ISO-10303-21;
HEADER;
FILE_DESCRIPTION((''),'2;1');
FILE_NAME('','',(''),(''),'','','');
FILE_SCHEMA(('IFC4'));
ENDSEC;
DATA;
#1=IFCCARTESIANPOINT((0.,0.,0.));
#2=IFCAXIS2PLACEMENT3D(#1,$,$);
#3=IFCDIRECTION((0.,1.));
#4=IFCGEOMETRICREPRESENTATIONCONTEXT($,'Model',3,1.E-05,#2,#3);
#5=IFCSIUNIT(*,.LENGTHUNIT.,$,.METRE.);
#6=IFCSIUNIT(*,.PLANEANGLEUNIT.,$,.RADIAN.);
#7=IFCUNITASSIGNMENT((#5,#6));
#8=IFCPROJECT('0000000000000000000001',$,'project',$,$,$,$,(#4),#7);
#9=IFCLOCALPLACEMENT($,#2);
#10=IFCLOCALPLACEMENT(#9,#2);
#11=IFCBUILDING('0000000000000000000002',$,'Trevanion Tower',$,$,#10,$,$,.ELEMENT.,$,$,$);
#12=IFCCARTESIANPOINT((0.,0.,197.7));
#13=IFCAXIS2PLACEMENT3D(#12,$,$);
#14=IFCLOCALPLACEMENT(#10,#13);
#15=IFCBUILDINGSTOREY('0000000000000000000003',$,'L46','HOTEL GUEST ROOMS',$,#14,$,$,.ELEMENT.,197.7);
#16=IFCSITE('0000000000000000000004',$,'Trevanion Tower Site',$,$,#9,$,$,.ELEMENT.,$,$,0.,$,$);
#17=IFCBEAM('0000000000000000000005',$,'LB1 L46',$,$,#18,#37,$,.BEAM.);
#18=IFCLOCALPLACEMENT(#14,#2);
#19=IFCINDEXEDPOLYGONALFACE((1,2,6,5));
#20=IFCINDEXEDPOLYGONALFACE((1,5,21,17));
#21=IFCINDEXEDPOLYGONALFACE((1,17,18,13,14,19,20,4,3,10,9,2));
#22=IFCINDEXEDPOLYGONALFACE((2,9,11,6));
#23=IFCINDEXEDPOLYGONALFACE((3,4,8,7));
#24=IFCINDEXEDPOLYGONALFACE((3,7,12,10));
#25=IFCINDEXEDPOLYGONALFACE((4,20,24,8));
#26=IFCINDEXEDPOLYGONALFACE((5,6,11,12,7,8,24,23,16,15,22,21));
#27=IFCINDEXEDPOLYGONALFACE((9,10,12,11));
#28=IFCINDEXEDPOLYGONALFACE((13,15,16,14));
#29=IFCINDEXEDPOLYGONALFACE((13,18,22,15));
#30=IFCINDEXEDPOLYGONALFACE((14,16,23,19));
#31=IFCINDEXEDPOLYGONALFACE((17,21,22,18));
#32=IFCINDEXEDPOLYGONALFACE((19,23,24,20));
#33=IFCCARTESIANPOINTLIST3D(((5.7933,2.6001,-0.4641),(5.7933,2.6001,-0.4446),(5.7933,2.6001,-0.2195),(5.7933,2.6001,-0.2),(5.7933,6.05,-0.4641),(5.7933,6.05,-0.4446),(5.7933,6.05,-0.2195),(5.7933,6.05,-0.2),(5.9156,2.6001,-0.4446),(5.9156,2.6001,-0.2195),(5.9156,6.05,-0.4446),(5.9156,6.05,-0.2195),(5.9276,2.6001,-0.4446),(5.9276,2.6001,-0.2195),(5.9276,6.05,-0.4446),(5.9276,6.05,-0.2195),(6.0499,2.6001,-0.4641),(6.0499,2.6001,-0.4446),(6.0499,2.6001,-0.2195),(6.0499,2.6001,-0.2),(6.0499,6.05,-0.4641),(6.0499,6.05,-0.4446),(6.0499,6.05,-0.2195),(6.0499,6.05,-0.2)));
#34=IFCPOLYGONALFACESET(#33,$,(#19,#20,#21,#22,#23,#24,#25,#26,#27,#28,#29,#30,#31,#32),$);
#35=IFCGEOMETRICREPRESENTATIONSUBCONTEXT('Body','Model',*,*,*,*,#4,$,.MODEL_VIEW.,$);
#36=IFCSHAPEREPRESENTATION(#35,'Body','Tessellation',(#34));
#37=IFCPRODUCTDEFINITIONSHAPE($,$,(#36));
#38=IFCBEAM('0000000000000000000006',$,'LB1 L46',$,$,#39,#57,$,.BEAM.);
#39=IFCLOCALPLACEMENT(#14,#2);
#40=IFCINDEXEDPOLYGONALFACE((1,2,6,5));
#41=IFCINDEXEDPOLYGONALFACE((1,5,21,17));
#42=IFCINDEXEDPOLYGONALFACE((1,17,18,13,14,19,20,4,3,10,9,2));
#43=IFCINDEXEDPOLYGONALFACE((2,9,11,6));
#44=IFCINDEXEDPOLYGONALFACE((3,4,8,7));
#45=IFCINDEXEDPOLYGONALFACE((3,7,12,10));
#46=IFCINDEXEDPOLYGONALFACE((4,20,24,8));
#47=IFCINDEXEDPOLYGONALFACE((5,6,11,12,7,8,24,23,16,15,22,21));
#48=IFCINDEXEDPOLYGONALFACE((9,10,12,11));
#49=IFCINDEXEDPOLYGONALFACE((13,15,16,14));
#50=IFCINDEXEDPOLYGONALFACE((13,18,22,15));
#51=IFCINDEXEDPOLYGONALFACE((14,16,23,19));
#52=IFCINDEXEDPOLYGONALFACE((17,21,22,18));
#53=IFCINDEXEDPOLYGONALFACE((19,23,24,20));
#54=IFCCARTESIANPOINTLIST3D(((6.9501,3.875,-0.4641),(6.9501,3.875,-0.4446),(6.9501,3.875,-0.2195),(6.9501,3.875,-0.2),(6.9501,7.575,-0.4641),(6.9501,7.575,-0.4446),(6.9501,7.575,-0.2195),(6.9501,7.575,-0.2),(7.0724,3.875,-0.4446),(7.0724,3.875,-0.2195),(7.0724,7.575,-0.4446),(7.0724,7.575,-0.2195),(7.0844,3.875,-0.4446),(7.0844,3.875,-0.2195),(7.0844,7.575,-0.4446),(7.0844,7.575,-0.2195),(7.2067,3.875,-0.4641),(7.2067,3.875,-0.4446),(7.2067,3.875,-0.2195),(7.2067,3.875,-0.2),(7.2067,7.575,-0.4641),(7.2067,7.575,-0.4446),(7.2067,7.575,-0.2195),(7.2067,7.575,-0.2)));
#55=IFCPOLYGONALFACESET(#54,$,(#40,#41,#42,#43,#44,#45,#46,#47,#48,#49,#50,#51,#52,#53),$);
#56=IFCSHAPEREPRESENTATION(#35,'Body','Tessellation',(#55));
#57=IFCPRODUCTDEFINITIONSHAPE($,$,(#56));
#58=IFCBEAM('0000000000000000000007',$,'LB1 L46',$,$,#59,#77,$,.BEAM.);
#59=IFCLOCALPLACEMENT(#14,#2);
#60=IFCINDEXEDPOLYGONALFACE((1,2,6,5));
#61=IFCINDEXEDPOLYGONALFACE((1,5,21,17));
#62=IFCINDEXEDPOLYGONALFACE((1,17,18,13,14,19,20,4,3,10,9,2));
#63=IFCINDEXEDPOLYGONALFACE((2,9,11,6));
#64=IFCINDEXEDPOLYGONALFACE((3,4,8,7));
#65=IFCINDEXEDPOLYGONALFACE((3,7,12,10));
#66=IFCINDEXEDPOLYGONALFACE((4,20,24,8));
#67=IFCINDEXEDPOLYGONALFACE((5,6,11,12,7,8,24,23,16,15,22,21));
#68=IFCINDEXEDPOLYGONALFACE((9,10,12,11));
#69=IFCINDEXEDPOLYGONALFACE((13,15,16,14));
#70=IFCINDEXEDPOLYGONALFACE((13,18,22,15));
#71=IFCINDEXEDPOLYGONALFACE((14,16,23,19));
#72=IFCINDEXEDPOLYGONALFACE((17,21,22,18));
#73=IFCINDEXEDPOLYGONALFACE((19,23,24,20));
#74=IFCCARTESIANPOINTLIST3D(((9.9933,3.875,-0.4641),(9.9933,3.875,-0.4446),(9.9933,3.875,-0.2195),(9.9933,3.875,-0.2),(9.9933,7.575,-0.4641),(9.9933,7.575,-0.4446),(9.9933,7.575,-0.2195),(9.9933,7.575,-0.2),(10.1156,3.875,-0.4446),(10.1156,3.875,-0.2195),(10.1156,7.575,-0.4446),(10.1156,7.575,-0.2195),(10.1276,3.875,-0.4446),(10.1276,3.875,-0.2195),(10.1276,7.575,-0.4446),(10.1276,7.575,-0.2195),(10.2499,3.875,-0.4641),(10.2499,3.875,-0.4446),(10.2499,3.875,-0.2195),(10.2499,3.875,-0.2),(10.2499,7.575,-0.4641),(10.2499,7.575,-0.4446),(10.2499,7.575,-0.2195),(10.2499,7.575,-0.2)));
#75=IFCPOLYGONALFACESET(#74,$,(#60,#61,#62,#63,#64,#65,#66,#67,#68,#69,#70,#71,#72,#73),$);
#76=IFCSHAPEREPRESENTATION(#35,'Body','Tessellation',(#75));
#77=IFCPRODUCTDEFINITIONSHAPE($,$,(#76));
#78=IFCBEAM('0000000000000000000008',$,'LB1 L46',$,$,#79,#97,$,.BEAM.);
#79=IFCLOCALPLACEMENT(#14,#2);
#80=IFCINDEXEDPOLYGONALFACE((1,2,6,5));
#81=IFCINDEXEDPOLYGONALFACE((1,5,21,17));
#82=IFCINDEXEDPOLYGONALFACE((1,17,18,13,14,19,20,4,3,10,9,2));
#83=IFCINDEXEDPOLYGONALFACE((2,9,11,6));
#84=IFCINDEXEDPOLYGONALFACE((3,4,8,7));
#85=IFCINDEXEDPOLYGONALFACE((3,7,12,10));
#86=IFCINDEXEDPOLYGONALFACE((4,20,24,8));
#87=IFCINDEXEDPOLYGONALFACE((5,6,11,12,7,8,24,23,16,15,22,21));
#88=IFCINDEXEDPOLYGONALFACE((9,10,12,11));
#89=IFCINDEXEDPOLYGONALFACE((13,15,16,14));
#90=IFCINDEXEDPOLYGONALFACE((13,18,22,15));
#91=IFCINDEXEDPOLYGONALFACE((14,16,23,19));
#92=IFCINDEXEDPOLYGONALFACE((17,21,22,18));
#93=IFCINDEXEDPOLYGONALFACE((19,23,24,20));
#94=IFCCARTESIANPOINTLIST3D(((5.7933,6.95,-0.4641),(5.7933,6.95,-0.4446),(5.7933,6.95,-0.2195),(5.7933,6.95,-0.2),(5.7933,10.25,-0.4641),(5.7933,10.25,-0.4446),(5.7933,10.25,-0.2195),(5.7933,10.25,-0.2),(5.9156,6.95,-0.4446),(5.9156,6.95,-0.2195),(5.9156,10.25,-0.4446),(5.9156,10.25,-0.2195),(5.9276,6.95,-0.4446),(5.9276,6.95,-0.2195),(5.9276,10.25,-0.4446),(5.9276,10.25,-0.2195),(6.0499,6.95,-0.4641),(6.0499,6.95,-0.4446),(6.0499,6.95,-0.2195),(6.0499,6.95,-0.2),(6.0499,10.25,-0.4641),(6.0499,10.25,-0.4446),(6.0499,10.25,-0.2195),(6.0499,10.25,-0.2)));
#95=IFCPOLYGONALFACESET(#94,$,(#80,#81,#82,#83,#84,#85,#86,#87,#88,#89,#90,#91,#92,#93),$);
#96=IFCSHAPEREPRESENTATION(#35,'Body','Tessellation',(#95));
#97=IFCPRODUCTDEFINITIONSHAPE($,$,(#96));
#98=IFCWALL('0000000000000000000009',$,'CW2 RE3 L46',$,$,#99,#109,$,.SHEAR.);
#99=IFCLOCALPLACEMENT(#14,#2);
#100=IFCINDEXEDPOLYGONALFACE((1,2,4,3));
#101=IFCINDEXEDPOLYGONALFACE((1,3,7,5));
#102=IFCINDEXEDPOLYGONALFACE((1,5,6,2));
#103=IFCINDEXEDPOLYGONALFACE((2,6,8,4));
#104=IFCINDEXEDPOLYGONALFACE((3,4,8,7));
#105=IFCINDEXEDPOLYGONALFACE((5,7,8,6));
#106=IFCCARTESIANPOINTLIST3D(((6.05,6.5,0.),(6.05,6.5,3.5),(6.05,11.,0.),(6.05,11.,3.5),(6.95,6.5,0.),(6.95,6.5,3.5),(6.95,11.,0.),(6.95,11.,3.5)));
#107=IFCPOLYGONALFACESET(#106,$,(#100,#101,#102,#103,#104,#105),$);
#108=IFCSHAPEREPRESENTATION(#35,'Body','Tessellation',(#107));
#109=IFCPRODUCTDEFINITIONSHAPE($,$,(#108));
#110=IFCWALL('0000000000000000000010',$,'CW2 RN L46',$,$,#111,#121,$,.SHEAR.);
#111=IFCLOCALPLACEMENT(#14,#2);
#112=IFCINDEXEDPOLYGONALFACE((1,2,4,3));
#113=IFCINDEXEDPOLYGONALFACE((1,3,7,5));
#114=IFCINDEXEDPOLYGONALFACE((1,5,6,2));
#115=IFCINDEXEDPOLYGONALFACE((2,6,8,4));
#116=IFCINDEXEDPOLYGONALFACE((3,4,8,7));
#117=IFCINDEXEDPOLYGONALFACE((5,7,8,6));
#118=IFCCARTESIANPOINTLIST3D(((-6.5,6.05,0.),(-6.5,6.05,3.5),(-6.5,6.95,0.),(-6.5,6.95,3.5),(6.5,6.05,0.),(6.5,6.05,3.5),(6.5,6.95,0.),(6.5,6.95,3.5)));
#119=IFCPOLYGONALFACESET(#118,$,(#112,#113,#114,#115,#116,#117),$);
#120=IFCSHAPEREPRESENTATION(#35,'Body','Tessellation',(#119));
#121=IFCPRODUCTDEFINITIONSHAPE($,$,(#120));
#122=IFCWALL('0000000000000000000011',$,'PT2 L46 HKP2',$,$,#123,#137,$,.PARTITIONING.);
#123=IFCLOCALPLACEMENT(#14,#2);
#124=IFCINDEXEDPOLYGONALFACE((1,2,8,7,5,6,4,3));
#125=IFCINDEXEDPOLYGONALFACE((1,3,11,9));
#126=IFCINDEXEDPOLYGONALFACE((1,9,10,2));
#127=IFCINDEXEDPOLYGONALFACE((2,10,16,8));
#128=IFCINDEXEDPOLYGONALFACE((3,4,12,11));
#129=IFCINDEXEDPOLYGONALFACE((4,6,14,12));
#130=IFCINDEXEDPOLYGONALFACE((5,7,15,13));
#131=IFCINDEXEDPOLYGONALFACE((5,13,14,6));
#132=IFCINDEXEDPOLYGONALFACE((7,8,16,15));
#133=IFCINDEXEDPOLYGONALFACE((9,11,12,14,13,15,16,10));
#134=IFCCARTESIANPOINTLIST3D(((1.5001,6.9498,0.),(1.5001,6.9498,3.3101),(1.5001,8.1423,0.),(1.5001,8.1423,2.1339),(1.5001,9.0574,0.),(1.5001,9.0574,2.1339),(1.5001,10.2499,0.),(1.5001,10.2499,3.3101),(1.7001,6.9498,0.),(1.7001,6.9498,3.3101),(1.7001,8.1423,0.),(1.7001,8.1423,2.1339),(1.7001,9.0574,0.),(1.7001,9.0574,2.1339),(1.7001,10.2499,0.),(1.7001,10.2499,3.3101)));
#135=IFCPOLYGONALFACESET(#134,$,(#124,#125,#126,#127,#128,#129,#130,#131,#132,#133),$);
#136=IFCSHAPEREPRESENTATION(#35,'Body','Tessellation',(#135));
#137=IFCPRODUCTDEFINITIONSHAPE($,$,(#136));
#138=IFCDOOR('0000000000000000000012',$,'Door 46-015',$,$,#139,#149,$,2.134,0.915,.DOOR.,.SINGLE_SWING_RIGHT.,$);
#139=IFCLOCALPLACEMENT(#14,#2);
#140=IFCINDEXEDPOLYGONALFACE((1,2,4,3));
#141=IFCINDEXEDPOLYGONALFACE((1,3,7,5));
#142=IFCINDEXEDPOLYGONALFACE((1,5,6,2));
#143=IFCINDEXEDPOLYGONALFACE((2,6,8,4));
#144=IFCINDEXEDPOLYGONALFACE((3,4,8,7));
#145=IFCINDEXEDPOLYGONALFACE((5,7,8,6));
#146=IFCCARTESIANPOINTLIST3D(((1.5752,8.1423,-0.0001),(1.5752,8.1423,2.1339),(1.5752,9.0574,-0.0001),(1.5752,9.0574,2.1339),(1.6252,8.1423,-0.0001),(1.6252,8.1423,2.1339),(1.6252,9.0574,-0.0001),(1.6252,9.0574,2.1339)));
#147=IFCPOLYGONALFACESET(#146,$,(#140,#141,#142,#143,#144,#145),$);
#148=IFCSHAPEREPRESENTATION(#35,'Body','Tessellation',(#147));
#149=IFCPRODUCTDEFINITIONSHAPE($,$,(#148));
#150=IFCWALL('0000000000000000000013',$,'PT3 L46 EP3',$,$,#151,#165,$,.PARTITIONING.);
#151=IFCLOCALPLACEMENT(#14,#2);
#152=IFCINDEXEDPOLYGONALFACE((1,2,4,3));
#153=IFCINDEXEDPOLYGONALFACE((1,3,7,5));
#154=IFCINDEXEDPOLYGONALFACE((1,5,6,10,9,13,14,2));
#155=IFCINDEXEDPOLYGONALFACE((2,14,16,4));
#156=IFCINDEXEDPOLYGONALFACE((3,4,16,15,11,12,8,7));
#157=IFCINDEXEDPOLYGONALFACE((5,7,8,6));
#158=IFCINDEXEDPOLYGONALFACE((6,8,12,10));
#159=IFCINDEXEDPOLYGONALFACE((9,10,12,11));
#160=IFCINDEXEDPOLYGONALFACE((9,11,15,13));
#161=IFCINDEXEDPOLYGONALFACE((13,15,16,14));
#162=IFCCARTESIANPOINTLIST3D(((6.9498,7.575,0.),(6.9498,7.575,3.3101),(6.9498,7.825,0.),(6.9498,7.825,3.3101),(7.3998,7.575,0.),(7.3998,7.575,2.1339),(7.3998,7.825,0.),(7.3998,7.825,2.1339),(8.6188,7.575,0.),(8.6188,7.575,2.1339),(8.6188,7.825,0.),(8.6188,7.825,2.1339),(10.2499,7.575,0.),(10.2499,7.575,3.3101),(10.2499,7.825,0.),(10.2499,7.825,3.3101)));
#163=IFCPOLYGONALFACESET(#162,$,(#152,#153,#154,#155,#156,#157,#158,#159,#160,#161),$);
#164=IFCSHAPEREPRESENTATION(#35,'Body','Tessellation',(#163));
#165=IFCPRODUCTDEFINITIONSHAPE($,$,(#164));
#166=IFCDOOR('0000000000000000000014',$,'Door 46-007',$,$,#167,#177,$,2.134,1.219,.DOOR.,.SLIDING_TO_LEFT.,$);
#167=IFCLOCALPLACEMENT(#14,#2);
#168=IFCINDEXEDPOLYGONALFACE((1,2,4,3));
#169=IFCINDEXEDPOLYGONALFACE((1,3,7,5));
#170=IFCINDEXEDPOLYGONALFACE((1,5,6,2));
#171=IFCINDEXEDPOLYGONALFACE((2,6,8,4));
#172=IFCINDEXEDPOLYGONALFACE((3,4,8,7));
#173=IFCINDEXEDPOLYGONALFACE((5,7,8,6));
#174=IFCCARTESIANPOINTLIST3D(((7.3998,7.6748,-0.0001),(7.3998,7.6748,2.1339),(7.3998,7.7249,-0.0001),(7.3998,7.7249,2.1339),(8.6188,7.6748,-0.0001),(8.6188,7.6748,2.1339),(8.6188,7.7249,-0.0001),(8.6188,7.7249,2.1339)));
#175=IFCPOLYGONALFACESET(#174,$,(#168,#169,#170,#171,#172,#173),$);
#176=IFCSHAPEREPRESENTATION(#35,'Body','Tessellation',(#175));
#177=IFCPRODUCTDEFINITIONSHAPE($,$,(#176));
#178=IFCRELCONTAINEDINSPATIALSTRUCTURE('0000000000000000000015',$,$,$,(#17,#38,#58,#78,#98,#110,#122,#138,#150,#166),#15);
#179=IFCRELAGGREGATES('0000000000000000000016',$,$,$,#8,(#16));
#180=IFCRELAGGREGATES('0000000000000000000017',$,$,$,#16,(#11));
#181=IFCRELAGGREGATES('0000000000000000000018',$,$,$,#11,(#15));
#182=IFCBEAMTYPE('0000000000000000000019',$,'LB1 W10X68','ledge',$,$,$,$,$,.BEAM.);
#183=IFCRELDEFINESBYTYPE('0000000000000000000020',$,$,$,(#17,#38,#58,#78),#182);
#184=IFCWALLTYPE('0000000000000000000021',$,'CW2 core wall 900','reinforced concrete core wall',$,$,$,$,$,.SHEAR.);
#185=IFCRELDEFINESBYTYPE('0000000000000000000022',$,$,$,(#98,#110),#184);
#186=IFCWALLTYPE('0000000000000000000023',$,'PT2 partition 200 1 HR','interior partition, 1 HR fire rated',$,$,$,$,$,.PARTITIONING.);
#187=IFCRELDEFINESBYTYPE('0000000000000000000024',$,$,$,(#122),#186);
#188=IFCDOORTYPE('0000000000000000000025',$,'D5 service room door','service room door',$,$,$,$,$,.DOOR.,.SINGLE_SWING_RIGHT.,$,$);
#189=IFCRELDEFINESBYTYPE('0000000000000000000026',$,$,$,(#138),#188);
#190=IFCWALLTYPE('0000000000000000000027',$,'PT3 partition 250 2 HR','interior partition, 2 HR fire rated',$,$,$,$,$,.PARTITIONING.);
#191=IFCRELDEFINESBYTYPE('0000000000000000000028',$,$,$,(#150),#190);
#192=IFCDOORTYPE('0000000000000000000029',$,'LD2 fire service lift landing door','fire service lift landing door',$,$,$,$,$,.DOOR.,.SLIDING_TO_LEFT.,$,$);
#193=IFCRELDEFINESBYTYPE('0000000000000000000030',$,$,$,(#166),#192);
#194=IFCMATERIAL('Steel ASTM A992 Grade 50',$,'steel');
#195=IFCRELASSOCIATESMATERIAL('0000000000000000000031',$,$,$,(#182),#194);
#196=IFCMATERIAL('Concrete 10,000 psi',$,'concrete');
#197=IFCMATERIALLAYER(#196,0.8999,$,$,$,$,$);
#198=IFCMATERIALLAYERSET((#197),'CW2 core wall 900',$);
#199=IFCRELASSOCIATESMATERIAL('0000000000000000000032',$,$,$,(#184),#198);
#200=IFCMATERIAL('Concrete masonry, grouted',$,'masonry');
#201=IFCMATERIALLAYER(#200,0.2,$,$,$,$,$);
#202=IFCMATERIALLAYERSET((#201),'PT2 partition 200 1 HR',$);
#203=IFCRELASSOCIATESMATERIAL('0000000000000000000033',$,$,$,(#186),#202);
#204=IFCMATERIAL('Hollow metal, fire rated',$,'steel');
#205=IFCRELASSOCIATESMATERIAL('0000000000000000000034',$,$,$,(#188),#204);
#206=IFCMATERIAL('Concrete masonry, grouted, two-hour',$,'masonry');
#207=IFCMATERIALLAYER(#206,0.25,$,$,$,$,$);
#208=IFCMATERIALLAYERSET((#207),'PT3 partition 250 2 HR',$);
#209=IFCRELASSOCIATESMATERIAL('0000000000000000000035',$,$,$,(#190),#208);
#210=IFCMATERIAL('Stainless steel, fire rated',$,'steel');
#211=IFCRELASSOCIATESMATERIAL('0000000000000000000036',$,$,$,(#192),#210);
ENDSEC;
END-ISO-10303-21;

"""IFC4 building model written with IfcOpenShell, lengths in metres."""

from ifc_helpers import new_model, si_unit, direction, frame, frame_2d, origin, origin_2d, place, context, subcontext, project, spatial, rectangle, i_section, extrude, material, layer, layer_set, material_profile, profile_set, type_object, element, fill, save


model = new_model("IFC4")

# Units and contexts
model_context = context("Model", 3, precision=1e-05, world=origin(), true_north=direction((0.0, 1.0)))
body_context = subcontext(model_context, "Body", "Model", "MODEL_VIEW")
ifc_project = project(units=[si_unit("LENGTHUNIT", "METRE"), si_unit("PLANEANGLEUNIT", "RADIAN")], contexts=[model_context])

# Site, building, storey
site_placement = place(None, origin())
site = spatial("IfcSite", under=ifc_project, at=site_placement, Name="Trevanion Tower Site", CompositionType="ELEMENT", RefElevation=0.0)
building_placement = place(site_placement, origin())
building = spatial("IfcBuilding", under=site, at=building_placement, Name="Trevanion Tower", CompositionType="ELEMENT")
storey_placement = place(building_placement, frame((0.0, 0.0, 197.7)))
storey = spatial("IfcBuildingStorey", under=building, at=storey_placement, Name="L46", Description="HOTEL GUEST ROOMS", CompositionType="ELEMENT", Elevation=197.7)

# Beams
ifc_material_1 = material(Name="Steel ASTM A992 Grade 50", Category="steel")
ifc_material_profile = material_profile(ifc_material_1, i_section(OverallWidth=0.2566, OverallDepth=0.2642, WebThickness=0.012, FlangeThickness=0.0195, at=origin_2d()), Name="W10X68")
ifc_profile_set = profile_set([ifc_material_profile], Name="Steel ASTM A992 Grade 50")
beam_type = type_object("IfcBeamType", Name="LB1 W10X68", Description="ledge", PredefinedType="BEAM", material=ifc_profile_set)
beam_1_placement = place(storey_placement, frame((5.9216, 2.6001, -0.332), z_axis=(0.0, 1.0, 0.0), x_axis=(-1.0, 0.0, 0.0)))
element("IfcBeam", 1, at=beam_1_placement, inside=storey, type_object=beam_type, Name="LB1 L46", PredefinedType="BEAM", context=body_context, shape_type="SweptSolid", body=[
    extrude(i_section(OverallWidth=0.2566, OverallDepth=0.2642, WebThickness=0.012, FlangeThickness=0.0195, at=origin_2d()), origin(), (0.0, 0.0, 1.0), 3.45),
])
for number, where, z_axis, x_axis, name in (
    (2, (7.0784, 3.875, -0.332), (0.0, 1.0, 0.0), (-1.0, 0.0, 0.0), "LB1 L46"),
    (3, (10.1216, 3.875, -0.332), (0.0, 1.0, 0.0), (-1.0, 0.0, 0.0), "LB1 L46"),
):
    element("IfcBeam", number, at=place(storey_placement, frame(where, z_axis=z_axis, x_axis=x_axis)), inside=storey, type_object=beam_type, Name=name, PredefinedType="BEAM", context=body_context, shape_type="SweptSolid", body=[
        extrude(i_section(OverallWidth=0.2566, OverallDepth=0.2642, WebThickness=0.012, FlangeThickness=0.0195, at=origin_2d()), origin(), (0.0, 0.0, 1.0), 3.7),
    ])
beam_2_placement = place(storey_placement, frame((5.9216, 6.95, -0.332), z_axis=(0.0, 1.0, 0.0), x_axis=(-1.0, 0.0, 0.0)))
element("IfcBeam", 4, at=beam_2_placement, inside=storey, type_object=beam_type, Name="LB1 L46", PredefinedType="BEAM", context=body_context, shape_type="SweptSolid", body=[
    extrude(i_section(OverallWidth=0.2566, OverallDepth=0.2642, WebThickness=0.012, FlangeThickness=0.0195, at=origin_2d()), origin(), (0.0, 0.0, 1.0), 3.3),
])

# Walls
ifc_material_2 = material(Name="Concrete 10,000 psi", Category="concrete")
ifc_layer_1 = layer(ifc_material_2, 0.8999)
ifc_layer_set_1 = layer_set([ifc_layer_1], Name="CW2 core wall 900")
wall_type_1 = type_object("IfcWallType", Name="CW2 core wall 900", Description="reinforced concrete core wall", PredefinedType="SHEAR", material=ifc_layer_set_1)
wall_1_placement = place(storey_placement, frame((6.5, 6.5, 0.0), z_axis=(0.0, 0.0, 1.0), x_axis=(0.0, 1.0, 0.0)))
element("IfcWall", 5, at=wall_1_placement, inside=storey, type_object=wall_type_1, Name="CW2 RE3 L46", PredefinedType="SHEAR", context=body_context, shape_type="SweptSolid", body=[
    extrude(rectangle(XDim=4.5, YDim=0.8999, at=frame_2d((2.25, 0.0))), origin(), (0.0, 0.0, 1.0), 3.5),
])
wall_2_placement = place(storey_placement, frame((6.5, 6.5, 0.0), z_axis=(0.0, 0.0, 1.0), x_axis=(-1.0, 0.0, 0.0)))
element("IfcWall", 6, at=wall_2_placement, inside=storey, type_object=wall_type_1, Name="CW2 RN L46", PredefinedType="SHEAR", context=body_context, shape_type="SweptSolid", body=[
    extrude(rectangle(XDim=13.0, YDim=0.8999, at=frame_2d((6.5, 0.0))), origin(), (0.0, 0.0, 1.0), 3.5),
])

# Walls, openings, doors
ifc_material_3 = material(Name="Concrete masonry, grouted", Category="masonry")
ifc_layer_2 = layer(ifc_material_3, 0.2)
ifc_layer_set_2 = layer_set([ifc_layer_2], Name="PT2 partition 200 1 HR")
wall_type_2 = type_object("IfcWallType", Name="PT2 partition 200 1 HR", Description="interior partition, 1 HR fire rated", PredefinedType="PARTITIONING", material=ifc_layer_set_2)
wall_3_placement = place(storey_placement, frame((1.6001, 6.95, 0.0), z_axis=(0.0, 0.0, 1.0), x_axis=(0.0, 1.0, 0.0)))
wall_3 = element("IfcWall", 7, at=wall_3_placement, inside=storey, type_object=wall_type_2, Name="PT2 L46 HKP2", PredefinedType="PARTITIONING", context=body_context, shape_type="SweptSolid", body=[
    extrude(rectangle(XDim=3.3, YDim=0.2, at=frame_2d((1.6499, 0.0))), origin(), (0.0, 0.0, 1.0), 3.3101),
])
opening_1_placement = place(wall_3_placement, frame((1.1924, 0.0, 0.0)))
opening_1 = element("IfcOpeningElement", 8, at=opening_1_placement, cuts=wall_3, PredefinedType="OPENING", context=body_context, shape_type="SweptSolid", body=[
    extrude(rectangle(XDim=0.915, YDim=2.134, at=frame_2d((0.4575, 1.0669))), frame((0.0, 0.1099, 0.0), z_axis=(0.0, -1.0, 0.0), x_axis=(1.0, 0.0, 0.0)), (0.0, 0.0, 1.0), 0.22),
])
ifc_material_4 = material(Name="Hollow metal, fire rated", Category="steel")
door_type_1 = type_object("IfcDoorType", Name="D5 service room door", Description="service room door", OperationType="SINGLE_SWING_RIGHT", PredefinedType="DOOR", material=ifc_material_4)
door_1_placement = place(opening_1_placement, origin())
door_1 = element("IfcDoor", 9, at=door_1_placement, inside=storey, type_object=door_type_1, Name="Door 46-015", OperationType="SINGLE_SWING_RIGHT", OverallHeight=2.134, OverallWidth=0.915, PredefinedType="DOOR", context=body_context, shape_type="SweptSolid", body=[
    extrude(rectangle(XDim=0.915, YDim=2.134, at=frame_2d((0.4575, 1.0669))), frame((0.0, 0.0249, 0.0), z_axis=(0.0, -1.0, 0.0), x_axis=(1.0, 0.0, 0.0)), (0.0, 0.0, 1.0), 0.05),
])
fill(opening_1, door_1)
ifc_material_5 = material(Name="Concrete masonry, grouted, two-hour", Category="masonry")
ifc_layer_3 = layer(ifc_material_5, 0.25)
ifc_layer_set_3 = layer_set([ifc_layer_3], Name="PT3 partition 250 2 HR")
wall_type_3 = type_object("IfcWallType", Name="PT3 partition 250 2 HR", Description="interior partition, 2 HR fire rated", PredefinedType="PARTITIONING", material=ifc_layer_set_3)
wall_4_placement = place(storey_placement, frame((6.95, 7.7, 0.0), z_axis=(0.0, 0.0, 1.0), x_axis=(1.0, 0.0, 0.0)))
wall_4 = element("IfcWall", 10, at=wall_4_placement, inside=storey, type_object=wall_type_3, Name="PT3 L46 EP3", PredefinedType="PARTITIONING", context=body_context, shape_type="SweptSolid", body=[
    extrude(rectangle(XDim=3.3, YDim=0.25, at=frame_2d((1.6499, 0.0))), origin(), (0.0, 0.0, 1.0), 3.3101),
])
opening_2_placement = place(wall_4_placement, frame((0.45, 0.0, 0.0)))
opening_2 = element("IfcOpeningElement", 11, at=opening_2_placement, cuts=wall_4, PredefinedType="OPENING", context=body_context, shape_type="SweptSolid", body=[
    extrude(rectangle(XDim=1.219, YDim=2.134, at=frame_2d((0.6094, 1.0669))), frame((0.0, 0.135, 0.0), z_axis=(0.0, -1.0, 0.0), x_axis=(1.0, 0.0, 0.0)), (0.0, 0.0, 1.0), 0.27),
])
ifc_material_6 = material(Name="Stainless steel, fire rated", Category="steel")
door_type_2 = type_object("IfcDoorType", Name="LD2 fire service lift landing door", Description="fire service lift landing door", OperationType="SLIDING_TO_LEFT", PredefinedType="DOOR", material=ifc_material_6)
door_2_placement = place(opening_2_placement, origin())
door_2 = element("IfcDoor", 12, at=door_2_placement, inside=storey, type_object=door_type_2, Name="Door 46-007", OperationType="SLIDING_TO_LEFT", OverallHeight=2.134, OverallWidth=1.219, PredefinedType="DOOR", context=body_context, shape_type="SweptSolid", body=[
    extrude(rectangle(XDim=1.219, YDim=2.134, at=frame_2d((0.6094, 1.0669))), frame((0.0, 0.0249, 0.0), z_axis=(0.0, -1.0, 0.0), x_axis=(1.0, 0.0, 0.0)), (0.0, 0.0, 1.0), 0.05),
])
fill(opening_2, door_2)

save(model, "model.ifc")
